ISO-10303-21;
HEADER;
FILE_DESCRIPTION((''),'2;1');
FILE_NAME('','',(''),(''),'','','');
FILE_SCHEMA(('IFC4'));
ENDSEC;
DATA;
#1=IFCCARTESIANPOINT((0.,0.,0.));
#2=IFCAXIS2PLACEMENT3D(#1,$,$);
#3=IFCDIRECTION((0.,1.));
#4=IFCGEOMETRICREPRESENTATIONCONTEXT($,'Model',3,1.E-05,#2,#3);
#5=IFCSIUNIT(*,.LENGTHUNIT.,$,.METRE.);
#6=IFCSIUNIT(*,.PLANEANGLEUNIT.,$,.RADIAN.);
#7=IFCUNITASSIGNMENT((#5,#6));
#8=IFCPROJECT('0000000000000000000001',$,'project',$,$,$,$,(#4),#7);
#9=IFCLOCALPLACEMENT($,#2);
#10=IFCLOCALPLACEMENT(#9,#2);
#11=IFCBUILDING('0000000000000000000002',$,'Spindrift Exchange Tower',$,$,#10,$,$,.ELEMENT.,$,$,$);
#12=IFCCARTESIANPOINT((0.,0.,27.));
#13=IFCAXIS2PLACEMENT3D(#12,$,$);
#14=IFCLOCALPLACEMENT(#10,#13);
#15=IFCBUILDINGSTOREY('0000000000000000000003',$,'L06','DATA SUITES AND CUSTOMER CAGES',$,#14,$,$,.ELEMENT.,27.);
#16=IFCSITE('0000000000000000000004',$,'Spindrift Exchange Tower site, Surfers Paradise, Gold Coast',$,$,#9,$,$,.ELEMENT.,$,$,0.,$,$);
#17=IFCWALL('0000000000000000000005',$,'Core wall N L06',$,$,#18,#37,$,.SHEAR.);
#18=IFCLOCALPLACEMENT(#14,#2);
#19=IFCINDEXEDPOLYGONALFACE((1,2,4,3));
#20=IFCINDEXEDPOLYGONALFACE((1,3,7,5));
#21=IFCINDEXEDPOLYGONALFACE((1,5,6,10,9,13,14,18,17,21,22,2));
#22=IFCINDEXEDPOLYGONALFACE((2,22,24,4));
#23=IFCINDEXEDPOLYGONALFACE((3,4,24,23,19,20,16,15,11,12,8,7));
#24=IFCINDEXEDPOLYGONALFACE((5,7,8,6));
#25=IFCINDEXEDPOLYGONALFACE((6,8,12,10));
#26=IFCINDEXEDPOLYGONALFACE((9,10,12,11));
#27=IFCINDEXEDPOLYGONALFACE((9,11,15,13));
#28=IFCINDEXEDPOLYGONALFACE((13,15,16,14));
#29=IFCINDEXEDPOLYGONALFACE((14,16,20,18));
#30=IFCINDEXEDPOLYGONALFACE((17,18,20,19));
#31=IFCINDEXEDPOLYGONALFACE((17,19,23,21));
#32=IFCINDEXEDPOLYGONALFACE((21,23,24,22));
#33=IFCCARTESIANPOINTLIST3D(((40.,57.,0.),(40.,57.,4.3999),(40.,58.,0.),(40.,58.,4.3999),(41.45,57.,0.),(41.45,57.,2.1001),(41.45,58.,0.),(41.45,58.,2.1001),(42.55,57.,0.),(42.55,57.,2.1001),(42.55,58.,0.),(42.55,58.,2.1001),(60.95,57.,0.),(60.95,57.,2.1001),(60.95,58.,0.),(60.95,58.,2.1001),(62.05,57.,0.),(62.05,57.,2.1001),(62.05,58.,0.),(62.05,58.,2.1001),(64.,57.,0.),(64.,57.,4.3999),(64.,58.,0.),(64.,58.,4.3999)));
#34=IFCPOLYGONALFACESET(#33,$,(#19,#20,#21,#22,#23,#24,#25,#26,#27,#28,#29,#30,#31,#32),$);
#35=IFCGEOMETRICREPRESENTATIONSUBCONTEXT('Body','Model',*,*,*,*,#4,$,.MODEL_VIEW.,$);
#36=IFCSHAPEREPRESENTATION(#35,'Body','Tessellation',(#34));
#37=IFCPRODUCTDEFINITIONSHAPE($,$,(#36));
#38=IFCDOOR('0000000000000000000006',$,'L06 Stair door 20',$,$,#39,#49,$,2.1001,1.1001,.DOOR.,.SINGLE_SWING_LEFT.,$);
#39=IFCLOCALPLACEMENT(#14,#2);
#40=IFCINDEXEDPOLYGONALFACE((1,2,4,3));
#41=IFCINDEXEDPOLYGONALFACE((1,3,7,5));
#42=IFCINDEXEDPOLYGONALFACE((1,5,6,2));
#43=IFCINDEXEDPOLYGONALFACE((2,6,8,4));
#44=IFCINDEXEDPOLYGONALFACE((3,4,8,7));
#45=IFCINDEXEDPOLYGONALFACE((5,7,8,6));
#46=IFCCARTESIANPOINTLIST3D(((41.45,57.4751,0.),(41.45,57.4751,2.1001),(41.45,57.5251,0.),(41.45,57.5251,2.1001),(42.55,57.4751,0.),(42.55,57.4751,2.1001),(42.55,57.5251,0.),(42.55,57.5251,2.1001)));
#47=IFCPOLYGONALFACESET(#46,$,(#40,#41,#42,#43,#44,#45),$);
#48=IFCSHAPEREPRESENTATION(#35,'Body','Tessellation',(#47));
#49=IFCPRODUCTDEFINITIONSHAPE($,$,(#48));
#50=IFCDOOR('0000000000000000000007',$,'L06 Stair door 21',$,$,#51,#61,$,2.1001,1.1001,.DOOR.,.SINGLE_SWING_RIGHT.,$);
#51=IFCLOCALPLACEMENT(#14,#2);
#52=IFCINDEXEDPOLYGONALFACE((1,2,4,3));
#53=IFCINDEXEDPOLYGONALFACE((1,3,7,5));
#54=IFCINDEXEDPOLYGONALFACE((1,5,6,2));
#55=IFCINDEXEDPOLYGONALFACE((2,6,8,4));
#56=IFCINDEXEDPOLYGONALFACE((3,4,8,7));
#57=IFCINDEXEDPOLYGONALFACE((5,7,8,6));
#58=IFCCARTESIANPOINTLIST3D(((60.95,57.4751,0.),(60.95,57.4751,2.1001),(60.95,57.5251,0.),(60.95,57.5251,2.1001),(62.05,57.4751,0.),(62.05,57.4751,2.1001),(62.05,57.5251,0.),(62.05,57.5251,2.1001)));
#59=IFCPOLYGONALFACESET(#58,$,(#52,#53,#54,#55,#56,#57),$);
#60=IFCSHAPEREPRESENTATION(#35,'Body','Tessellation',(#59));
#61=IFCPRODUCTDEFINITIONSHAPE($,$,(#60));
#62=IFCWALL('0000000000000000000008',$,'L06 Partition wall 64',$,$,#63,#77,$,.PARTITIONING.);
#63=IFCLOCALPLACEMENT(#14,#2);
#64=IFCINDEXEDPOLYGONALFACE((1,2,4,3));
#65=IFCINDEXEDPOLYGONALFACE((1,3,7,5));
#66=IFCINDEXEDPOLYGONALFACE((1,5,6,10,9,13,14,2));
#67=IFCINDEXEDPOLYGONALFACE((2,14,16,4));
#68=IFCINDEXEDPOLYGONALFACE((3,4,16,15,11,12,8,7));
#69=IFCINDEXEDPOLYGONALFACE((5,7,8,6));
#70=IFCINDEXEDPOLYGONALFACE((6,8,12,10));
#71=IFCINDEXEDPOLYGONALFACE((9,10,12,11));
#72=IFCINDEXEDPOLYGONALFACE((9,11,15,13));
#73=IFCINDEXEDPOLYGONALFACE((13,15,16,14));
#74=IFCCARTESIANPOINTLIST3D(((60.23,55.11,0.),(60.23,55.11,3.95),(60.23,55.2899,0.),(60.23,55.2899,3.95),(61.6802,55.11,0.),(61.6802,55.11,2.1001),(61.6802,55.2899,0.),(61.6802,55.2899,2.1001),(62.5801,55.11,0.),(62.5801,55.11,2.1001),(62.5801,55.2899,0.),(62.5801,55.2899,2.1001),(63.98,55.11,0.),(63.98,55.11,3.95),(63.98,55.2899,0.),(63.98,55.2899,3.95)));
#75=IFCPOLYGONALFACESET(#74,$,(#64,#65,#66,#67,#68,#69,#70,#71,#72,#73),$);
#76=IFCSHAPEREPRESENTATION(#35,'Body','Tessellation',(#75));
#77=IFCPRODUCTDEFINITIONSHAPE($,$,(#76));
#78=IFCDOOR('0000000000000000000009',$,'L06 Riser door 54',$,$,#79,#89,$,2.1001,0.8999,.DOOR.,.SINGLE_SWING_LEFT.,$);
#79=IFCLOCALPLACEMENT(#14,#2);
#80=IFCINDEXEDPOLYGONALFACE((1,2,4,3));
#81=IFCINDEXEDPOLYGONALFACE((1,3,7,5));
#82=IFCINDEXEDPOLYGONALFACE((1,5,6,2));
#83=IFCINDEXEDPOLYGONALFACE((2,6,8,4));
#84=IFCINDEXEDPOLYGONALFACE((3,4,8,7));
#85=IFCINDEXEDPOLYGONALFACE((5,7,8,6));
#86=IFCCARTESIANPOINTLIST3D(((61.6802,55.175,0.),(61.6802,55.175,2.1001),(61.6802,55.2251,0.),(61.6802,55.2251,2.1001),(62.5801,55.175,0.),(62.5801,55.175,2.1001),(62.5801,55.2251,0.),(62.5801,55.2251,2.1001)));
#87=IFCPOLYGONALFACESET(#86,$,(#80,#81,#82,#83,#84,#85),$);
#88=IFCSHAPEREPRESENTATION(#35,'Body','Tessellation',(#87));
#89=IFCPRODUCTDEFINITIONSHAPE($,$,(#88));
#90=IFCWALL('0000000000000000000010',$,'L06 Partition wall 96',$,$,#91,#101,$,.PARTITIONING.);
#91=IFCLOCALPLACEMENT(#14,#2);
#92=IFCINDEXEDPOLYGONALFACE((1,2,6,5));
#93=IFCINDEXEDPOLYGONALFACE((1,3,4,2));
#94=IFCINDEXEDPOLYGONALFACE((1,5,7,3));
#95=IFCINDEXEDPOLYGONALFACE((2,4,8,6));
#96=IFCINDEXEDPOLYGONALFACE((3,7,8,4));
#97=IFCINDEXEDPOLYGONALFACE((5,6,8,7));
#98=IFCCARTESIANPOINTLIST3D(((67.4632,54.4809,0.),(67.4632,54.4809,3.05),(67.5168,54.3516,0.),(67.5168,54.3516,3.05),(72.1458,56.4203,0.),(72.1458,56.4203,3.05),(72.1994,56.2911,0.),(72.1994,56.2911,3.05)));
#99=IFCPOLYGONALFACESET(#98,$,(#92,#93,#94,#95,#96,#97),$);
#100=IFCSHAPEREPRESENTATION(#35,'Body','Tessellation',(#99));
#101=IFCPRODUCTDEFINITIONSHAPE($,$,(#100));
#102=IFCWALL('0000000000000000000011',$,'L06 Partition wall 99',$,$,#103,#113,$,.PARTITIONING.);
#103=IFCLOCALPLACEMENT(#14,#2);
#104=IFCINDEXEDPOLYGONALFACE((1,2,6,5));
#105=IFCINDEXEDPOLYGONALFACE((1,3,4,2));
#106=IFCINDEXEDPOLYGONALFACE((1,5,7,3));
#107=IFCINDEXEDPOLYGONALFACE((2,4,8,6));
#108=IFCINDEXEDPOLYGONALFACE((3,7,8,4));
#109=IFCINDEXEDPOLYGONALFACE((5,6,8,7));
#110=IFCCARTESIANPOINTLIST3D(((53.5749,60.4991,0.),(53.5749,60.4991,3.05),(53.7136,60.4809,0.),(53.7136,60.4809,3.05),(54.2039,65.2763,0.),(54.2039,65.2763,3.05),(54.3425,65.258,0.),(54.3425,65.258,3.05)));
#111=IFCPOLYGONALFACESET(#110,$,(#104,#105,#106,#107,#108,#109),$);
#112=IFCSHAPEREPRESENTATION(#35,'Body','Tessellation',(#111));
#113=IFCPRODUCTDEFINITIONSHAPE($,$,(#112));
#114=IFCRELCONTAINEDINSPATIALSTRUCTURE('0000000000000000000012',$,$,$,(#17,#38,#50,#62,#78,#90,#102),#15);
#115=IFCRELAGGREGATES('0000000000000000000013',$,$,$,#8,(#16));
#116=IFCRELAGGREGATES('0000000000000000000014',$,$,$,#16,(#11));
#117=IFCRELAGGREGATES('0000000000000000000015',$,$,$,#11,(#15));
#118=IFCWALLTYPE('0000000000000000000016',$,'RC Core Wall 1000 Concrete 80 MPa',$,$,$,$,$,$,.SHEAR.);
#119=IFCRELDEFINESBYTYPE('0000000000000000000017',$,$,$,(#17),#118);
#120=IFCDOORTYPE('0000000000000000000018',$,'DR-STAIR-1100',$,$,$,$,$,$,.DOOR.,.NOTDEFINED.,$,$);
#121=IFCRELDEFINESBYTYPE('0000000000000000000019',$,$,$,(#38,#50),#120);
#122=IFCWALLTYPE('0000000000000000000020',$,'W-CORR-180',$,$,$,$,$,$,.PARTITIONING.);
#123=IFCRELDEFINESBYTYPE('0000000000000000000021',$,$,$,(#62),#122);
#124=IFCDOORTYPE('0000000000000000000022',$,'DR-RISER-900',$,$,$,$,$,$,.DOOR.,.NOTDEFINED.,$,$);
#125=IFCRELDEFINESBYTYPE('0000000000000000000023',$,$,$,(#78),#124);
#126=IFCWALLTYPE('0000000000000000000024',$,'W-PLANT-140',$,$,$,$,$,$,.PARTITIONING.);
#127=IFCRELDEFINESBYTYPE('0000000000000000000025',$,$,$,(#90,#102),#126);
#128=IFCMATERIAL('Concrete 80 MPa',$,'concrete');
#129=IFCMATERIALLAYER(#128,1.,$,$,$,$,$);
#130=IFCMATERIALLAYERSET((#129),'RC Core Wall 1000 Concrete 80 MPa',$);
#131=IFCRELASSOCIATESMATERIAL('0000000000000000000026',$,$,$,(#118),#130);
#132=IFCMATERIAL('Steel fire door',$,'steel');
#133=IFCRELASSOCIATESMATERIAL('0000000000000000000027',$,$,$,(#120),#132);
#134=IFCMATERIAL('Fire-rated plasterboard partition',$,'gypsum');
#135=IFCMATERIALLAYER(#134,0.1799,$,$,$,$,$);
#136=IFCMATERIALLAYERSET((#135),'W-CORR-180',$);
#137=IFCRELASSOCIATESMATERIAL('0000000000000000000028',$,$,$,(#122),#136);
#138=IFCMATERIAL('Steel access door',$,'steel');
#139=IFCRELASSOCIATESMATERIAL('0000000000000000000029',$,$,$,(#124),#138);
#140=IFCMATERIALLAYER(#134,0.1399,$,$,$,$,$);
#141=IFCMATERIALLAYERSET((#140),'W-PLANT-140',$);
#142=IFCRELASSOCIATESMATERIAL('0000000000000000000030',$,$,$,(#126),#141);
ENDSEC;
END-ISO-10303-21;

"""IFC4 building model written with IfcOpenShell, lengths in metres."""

from ifc_helpers import new_model, si_unit, direction, frame, frame_2d, origin, place, context, subcontext, project, spatial, rectangle, extrude, source, transform, mapped, material, layer, layer_set, type_object, element, fill, save


model = new_model("IFC4")

# Units and contexts
model_context = context("Model", 3, precision=1e-05, world=origin(), true_north=direction((0.0, 1.0)))
body_context = subcontext(model_context, "Body", "Model", "MODEL_VIEW")
ifc_project = project(units=[si_unit("LENGTHUNIT", "METRE"), si_unit("PLANEANGLEUNIT", "RADIAN")], contexts=[model_context])

# Site, building, storey
site_placement = place(None, origin())
site = spatial("IfcSite", under=ifc_project, at=site_placement, Name="Spindrift Exchange Tower site, Surfers Paradise, Gold Coast", CompositionType="ELEMENT", RefElevation=0.0)
building_placement = place(site_placement, origin())
building = spatial("IfcBuilding", under=site, at=building_placement, Name="Spindrift Exchange Tower", CompositionType="ELEMENT")
storey_placement = place(building_placement, frame((0.0, 0.0, 27.0)))
storey = spatial("IfcBuildingStorey", under=building, at=storey_placement, Name="L06", Description="DATA SUITES AND CUSTOMER CAGES", CompositionType="ELEMENT", Elevation=27.0)

# Shared definitions
ifc_material_1 = material(Name="Concrete 80 MPa", Category="concrete")

# Wall, openings, doors
ifc_layer_1 = layer(ifc_material_1, 1.0)
ifc_layer_set_1 = layer_set([ifc_layer_1], Name="RC Core Wall 1000 Concrete 80 MPa")
wall_type_1 = type_object("IfcWallType", Name="RC Core Wall 1000 Concrete 80 MPa", PredefinedType="SHEAR", material=ifc_layer_set_1)
wall_1_placement = place(storey_placement, frame((64.0, 57.5, 0.0), z_axis=(0.0, 0.0, 1.0), x_axis=(-1.0, 0.0, 0.0)))
wall_1 = element("IfcWall", 1, at=wall_1_placement, inside=storey, type_object=wall_type_1, Name="Core wall N L06", PredefinedType="SHEAR", context=body_context, shape_type="SweptSolid", body=[
    extrude(rectangle(XDim=24.0, YDim=1.0, at=frame_2d((12.0, 0.0))), origin(), (0.0, 0.0, 1.0), 4.3999),
])
opening_1_placement = place(wall_1_placement, frame((21.45, 0.0, 0.0)))
opening_1 = element("IfcOpeningElement", 2, at=opening_1_placement, cuts=wall_1, PredefinedType="OPENING", context=body_context, shape_type="SweptSolid", body=[
    extrude(rectangle(XDim=1.1001, YDim=2.1001, at=frame_2d((0.55, 1.05))), frame((0.0, 0.51, 0.0), z_axis=(0.0, -1.0, 0.0), x_axis=(1.0, 0.0, 0.0)), (0.0, 0.0, 1.0), 1.02),
])
opening_2_placement = place(wall_1_placement, frame((1.95, 0.0, 0.0)))
opening_2 = element("IfcOpeningElement", 3, at=opening_2_placement, cuts=wall_1, PredefinedType="OPENING", context=body_context, shape_type="SweptSolid", body=[
    extrude(rectangle(XDim=1.1001, YDim=2.1001, at=frame_2d((0.55, 1.05))), frame((0.0, 0.51, 0.0), z_axis=(0.0, -1.0, 0.0), x_axis=(1.0, 0.0, 0.0)), (0.0, 0.0, 1.0), 1.02),
])
ifc_material_2 = material(Name="Steel fire door", Category="steel")
door_type_1 = type_object("IfcDoorType", Name="DR-STAIR-1100", OperationType="NOTDEFINED", PredefinedType="DOOR", material=ifc_material_2)
shared_shape_1 = source(origin(), body_context, "Body", "SweptSolid", [
    extrude(rectangle(XDim=1.1001, YDim=2.1001, at=frame_2d((0.55, 1.05))), frame((0.0, 0.0249, 0.0), z_axis=(0.0, -1.0, 0.0), x_axis=(1.0, 0.0, 0.0)), (0.0, 0.0, 1.0), 0.05),
])
door_1_placement = place(opening_1_placement, origin())
door_1 = element("IfcDoor", 4, at=door_1_placement, inside=storey, type_object=door_type_1, Name="L06 Stair door 20", OperationType="SINGLE_SWING_LEFT", OverallHeight=2.1001, OverallWidth=1.1001, PredefinedType="DOOR", context=body_context, shape_type="MappedRepresentation", body=[
    mapped(shared_shape_1, transform((0.0, 0.0, 0.0), scale=1.0)),
])
fill(opening_1, door_1)
door_2_placement = place(opening_2_placement, origin())
door_2 = element("IfcDoor", 5, at=door_2_placement, inside=storey, type_object=door_type_1, Name="L06 Stair door 21", OperationType="SINGLE_SWING_RIGHT", OverallHeight=2.1001, OverallWidth=1.1001, PredefinedType="DOOR", context=body_context, shape_type="MappedRepresentation", body=[
    mapped(shared_shape_1, transform((0.0, 0.0, 0.0), scale=1.0)),
])
fill(opening_2, door_2)

# Wall, opening, door
ifc_material_3 = material(Name="Fire-rated plasterboard partition", Category="gypsum")
ifc_layer_2 = layer(ifc_material_3, 0.1799)
ifc_layer_set_2 = layer_set([ifc_layer_2], Name="W-CORR-180")
wall_type_2 = type_object("IfcWallType", Name="W-CORR-180", PredefinedType="PARTITIONING", material=ifc_layer_set_2)
wall_2_placement = place(storey_placement, frame((63.98, 55.2, 0.0), z_axis=(0.0, 0.0, 1.0), x_axis=(-1.0, 0.0, 0.0)))
wall_2 = element("IfcWall", 6, at=wall_2_placement, inside=storey, type_object=wall_type_2, Name="L06 Partition wall 64", PredefinedType="PARTITIONING", context=body_context, shape_type="SweptSolid", body=[
    extrude(rectangle(XDim=3.75, YDim=0.1799, at=frame_2d((1.875, 0.0))), origin(), (0.0, 0.0, 1.0), 3.95),
])
opening_3_placement = place(wall_2_placement, frame((1.3999, 0.0, 0.0)))
opening_3 = element("IfcOpeningElement", 7, at=opening_3_placement, cuts=wall_2, PredefinedType="OPENING", context=body_context, shape_type="SweptSolid", body=[
    extrude(rectangle(XDim=0.8999, YDim=2.1001, at=frame_2d((0.45, 1.05))), frame((0.0, 0.0999, 0.0), z_axis=(0.0, -1.0, 0.0), x_axis=(1.0, 0.0, 0.0)), (0.0, 0.0, 1.0), 0.2),
])
ifc_material_4 = material(Name="Steel access door", Category="steel")
door_type_2 = type_object("IfcDoorType", Name="DR-RISER-900", OperationType="NOTDEFINED", PredefinedType="DOOR", material=ifc_material_4)
shared_shape_2 = source(origin(), body_context, "Body", "SweptSolid", [
    extrude(rectangle(XDim=0.8999, YDim=2.1001, at=frame_2d((0.45, 1.05))), frame((0.0, 0.0249, 0.0), z_axis=(0.0, -1.0, 0.0), x_axis=(1.0, 0.0, 0.0)), (0.0, 0.0, 1.0), 0.05),
])
door_3_placement = place(opening_3_placement, origin())
door_3 = element("IfcDoor", 8, at=door_3_placement, inside=storey, type_object=door_type_2, Name="L06 Riser door 54", OperationType="SINGLE_SWING_LEFT", OverallHeight=2.1001, OverallWidth=0.8999, PredefinedType="DOOR", context=body_context, shape_type="MappedRepresentation", body=[
    mapped(shared_shape_2, transform((0.0, 0.0, 0.0), scale=1.0)),
])
fill(opening_3, door_3)

# Walls
ifc_layer_3 = layer(ifc_material_3, 0.1399)
ifc_layer_set_3 = layer_set([ifc_layer_3], Name="W-PLANT-140")
wall_type_3 = type_object("IfcWallType", Name="W-PLANT-140", PredefinedType="PARTITIONING", material=ifc_layer_set_3)
wall_3_placement = place(storey_placement, frame((67.49, 54.4163, 0.0), z_axis=(0.0, 0.0, 1.0), x_axis=(0.92389, 0.382658, 0.0)))
element("IfcWall", 9, at=wall_3_placement, inside=storey, type_object=wall_type_3, Name="L06 Partition wall 96", PredefinedType="PARTITIONING", context=body_context, shape_type="SweptSolid", body=[
    extrude(rectangle(XDim=5.0684, YDim=0.1399, at=frame_2d((2.5342, 0.0))), origin(), (0.0, 0.0, 1.0), 3.05),
])
wall_4_placement = place(storey_placement, frame((53.6443, 60.49, 0.0), z_axis=(0.0, 0.0, 1.0), x_axis=(0.130524, 0.991445, 0.0)))
element("IfcWall", 10, at=wall_4_placement, inside=storey, type_object=wall_type_3, Name="L06 Partition wall 99", PredefinedType="PARTITIONING", context=body_context, shape_type="SweptSolid", body=[
    extrude(rectangle(XDim=4.8184, YDim=0.1399, at=frame_2d((2.4092, 0.0))), origin(), (0.0, 0.0, 1.0), 3.05),
])

save(model, "model.ifc")
